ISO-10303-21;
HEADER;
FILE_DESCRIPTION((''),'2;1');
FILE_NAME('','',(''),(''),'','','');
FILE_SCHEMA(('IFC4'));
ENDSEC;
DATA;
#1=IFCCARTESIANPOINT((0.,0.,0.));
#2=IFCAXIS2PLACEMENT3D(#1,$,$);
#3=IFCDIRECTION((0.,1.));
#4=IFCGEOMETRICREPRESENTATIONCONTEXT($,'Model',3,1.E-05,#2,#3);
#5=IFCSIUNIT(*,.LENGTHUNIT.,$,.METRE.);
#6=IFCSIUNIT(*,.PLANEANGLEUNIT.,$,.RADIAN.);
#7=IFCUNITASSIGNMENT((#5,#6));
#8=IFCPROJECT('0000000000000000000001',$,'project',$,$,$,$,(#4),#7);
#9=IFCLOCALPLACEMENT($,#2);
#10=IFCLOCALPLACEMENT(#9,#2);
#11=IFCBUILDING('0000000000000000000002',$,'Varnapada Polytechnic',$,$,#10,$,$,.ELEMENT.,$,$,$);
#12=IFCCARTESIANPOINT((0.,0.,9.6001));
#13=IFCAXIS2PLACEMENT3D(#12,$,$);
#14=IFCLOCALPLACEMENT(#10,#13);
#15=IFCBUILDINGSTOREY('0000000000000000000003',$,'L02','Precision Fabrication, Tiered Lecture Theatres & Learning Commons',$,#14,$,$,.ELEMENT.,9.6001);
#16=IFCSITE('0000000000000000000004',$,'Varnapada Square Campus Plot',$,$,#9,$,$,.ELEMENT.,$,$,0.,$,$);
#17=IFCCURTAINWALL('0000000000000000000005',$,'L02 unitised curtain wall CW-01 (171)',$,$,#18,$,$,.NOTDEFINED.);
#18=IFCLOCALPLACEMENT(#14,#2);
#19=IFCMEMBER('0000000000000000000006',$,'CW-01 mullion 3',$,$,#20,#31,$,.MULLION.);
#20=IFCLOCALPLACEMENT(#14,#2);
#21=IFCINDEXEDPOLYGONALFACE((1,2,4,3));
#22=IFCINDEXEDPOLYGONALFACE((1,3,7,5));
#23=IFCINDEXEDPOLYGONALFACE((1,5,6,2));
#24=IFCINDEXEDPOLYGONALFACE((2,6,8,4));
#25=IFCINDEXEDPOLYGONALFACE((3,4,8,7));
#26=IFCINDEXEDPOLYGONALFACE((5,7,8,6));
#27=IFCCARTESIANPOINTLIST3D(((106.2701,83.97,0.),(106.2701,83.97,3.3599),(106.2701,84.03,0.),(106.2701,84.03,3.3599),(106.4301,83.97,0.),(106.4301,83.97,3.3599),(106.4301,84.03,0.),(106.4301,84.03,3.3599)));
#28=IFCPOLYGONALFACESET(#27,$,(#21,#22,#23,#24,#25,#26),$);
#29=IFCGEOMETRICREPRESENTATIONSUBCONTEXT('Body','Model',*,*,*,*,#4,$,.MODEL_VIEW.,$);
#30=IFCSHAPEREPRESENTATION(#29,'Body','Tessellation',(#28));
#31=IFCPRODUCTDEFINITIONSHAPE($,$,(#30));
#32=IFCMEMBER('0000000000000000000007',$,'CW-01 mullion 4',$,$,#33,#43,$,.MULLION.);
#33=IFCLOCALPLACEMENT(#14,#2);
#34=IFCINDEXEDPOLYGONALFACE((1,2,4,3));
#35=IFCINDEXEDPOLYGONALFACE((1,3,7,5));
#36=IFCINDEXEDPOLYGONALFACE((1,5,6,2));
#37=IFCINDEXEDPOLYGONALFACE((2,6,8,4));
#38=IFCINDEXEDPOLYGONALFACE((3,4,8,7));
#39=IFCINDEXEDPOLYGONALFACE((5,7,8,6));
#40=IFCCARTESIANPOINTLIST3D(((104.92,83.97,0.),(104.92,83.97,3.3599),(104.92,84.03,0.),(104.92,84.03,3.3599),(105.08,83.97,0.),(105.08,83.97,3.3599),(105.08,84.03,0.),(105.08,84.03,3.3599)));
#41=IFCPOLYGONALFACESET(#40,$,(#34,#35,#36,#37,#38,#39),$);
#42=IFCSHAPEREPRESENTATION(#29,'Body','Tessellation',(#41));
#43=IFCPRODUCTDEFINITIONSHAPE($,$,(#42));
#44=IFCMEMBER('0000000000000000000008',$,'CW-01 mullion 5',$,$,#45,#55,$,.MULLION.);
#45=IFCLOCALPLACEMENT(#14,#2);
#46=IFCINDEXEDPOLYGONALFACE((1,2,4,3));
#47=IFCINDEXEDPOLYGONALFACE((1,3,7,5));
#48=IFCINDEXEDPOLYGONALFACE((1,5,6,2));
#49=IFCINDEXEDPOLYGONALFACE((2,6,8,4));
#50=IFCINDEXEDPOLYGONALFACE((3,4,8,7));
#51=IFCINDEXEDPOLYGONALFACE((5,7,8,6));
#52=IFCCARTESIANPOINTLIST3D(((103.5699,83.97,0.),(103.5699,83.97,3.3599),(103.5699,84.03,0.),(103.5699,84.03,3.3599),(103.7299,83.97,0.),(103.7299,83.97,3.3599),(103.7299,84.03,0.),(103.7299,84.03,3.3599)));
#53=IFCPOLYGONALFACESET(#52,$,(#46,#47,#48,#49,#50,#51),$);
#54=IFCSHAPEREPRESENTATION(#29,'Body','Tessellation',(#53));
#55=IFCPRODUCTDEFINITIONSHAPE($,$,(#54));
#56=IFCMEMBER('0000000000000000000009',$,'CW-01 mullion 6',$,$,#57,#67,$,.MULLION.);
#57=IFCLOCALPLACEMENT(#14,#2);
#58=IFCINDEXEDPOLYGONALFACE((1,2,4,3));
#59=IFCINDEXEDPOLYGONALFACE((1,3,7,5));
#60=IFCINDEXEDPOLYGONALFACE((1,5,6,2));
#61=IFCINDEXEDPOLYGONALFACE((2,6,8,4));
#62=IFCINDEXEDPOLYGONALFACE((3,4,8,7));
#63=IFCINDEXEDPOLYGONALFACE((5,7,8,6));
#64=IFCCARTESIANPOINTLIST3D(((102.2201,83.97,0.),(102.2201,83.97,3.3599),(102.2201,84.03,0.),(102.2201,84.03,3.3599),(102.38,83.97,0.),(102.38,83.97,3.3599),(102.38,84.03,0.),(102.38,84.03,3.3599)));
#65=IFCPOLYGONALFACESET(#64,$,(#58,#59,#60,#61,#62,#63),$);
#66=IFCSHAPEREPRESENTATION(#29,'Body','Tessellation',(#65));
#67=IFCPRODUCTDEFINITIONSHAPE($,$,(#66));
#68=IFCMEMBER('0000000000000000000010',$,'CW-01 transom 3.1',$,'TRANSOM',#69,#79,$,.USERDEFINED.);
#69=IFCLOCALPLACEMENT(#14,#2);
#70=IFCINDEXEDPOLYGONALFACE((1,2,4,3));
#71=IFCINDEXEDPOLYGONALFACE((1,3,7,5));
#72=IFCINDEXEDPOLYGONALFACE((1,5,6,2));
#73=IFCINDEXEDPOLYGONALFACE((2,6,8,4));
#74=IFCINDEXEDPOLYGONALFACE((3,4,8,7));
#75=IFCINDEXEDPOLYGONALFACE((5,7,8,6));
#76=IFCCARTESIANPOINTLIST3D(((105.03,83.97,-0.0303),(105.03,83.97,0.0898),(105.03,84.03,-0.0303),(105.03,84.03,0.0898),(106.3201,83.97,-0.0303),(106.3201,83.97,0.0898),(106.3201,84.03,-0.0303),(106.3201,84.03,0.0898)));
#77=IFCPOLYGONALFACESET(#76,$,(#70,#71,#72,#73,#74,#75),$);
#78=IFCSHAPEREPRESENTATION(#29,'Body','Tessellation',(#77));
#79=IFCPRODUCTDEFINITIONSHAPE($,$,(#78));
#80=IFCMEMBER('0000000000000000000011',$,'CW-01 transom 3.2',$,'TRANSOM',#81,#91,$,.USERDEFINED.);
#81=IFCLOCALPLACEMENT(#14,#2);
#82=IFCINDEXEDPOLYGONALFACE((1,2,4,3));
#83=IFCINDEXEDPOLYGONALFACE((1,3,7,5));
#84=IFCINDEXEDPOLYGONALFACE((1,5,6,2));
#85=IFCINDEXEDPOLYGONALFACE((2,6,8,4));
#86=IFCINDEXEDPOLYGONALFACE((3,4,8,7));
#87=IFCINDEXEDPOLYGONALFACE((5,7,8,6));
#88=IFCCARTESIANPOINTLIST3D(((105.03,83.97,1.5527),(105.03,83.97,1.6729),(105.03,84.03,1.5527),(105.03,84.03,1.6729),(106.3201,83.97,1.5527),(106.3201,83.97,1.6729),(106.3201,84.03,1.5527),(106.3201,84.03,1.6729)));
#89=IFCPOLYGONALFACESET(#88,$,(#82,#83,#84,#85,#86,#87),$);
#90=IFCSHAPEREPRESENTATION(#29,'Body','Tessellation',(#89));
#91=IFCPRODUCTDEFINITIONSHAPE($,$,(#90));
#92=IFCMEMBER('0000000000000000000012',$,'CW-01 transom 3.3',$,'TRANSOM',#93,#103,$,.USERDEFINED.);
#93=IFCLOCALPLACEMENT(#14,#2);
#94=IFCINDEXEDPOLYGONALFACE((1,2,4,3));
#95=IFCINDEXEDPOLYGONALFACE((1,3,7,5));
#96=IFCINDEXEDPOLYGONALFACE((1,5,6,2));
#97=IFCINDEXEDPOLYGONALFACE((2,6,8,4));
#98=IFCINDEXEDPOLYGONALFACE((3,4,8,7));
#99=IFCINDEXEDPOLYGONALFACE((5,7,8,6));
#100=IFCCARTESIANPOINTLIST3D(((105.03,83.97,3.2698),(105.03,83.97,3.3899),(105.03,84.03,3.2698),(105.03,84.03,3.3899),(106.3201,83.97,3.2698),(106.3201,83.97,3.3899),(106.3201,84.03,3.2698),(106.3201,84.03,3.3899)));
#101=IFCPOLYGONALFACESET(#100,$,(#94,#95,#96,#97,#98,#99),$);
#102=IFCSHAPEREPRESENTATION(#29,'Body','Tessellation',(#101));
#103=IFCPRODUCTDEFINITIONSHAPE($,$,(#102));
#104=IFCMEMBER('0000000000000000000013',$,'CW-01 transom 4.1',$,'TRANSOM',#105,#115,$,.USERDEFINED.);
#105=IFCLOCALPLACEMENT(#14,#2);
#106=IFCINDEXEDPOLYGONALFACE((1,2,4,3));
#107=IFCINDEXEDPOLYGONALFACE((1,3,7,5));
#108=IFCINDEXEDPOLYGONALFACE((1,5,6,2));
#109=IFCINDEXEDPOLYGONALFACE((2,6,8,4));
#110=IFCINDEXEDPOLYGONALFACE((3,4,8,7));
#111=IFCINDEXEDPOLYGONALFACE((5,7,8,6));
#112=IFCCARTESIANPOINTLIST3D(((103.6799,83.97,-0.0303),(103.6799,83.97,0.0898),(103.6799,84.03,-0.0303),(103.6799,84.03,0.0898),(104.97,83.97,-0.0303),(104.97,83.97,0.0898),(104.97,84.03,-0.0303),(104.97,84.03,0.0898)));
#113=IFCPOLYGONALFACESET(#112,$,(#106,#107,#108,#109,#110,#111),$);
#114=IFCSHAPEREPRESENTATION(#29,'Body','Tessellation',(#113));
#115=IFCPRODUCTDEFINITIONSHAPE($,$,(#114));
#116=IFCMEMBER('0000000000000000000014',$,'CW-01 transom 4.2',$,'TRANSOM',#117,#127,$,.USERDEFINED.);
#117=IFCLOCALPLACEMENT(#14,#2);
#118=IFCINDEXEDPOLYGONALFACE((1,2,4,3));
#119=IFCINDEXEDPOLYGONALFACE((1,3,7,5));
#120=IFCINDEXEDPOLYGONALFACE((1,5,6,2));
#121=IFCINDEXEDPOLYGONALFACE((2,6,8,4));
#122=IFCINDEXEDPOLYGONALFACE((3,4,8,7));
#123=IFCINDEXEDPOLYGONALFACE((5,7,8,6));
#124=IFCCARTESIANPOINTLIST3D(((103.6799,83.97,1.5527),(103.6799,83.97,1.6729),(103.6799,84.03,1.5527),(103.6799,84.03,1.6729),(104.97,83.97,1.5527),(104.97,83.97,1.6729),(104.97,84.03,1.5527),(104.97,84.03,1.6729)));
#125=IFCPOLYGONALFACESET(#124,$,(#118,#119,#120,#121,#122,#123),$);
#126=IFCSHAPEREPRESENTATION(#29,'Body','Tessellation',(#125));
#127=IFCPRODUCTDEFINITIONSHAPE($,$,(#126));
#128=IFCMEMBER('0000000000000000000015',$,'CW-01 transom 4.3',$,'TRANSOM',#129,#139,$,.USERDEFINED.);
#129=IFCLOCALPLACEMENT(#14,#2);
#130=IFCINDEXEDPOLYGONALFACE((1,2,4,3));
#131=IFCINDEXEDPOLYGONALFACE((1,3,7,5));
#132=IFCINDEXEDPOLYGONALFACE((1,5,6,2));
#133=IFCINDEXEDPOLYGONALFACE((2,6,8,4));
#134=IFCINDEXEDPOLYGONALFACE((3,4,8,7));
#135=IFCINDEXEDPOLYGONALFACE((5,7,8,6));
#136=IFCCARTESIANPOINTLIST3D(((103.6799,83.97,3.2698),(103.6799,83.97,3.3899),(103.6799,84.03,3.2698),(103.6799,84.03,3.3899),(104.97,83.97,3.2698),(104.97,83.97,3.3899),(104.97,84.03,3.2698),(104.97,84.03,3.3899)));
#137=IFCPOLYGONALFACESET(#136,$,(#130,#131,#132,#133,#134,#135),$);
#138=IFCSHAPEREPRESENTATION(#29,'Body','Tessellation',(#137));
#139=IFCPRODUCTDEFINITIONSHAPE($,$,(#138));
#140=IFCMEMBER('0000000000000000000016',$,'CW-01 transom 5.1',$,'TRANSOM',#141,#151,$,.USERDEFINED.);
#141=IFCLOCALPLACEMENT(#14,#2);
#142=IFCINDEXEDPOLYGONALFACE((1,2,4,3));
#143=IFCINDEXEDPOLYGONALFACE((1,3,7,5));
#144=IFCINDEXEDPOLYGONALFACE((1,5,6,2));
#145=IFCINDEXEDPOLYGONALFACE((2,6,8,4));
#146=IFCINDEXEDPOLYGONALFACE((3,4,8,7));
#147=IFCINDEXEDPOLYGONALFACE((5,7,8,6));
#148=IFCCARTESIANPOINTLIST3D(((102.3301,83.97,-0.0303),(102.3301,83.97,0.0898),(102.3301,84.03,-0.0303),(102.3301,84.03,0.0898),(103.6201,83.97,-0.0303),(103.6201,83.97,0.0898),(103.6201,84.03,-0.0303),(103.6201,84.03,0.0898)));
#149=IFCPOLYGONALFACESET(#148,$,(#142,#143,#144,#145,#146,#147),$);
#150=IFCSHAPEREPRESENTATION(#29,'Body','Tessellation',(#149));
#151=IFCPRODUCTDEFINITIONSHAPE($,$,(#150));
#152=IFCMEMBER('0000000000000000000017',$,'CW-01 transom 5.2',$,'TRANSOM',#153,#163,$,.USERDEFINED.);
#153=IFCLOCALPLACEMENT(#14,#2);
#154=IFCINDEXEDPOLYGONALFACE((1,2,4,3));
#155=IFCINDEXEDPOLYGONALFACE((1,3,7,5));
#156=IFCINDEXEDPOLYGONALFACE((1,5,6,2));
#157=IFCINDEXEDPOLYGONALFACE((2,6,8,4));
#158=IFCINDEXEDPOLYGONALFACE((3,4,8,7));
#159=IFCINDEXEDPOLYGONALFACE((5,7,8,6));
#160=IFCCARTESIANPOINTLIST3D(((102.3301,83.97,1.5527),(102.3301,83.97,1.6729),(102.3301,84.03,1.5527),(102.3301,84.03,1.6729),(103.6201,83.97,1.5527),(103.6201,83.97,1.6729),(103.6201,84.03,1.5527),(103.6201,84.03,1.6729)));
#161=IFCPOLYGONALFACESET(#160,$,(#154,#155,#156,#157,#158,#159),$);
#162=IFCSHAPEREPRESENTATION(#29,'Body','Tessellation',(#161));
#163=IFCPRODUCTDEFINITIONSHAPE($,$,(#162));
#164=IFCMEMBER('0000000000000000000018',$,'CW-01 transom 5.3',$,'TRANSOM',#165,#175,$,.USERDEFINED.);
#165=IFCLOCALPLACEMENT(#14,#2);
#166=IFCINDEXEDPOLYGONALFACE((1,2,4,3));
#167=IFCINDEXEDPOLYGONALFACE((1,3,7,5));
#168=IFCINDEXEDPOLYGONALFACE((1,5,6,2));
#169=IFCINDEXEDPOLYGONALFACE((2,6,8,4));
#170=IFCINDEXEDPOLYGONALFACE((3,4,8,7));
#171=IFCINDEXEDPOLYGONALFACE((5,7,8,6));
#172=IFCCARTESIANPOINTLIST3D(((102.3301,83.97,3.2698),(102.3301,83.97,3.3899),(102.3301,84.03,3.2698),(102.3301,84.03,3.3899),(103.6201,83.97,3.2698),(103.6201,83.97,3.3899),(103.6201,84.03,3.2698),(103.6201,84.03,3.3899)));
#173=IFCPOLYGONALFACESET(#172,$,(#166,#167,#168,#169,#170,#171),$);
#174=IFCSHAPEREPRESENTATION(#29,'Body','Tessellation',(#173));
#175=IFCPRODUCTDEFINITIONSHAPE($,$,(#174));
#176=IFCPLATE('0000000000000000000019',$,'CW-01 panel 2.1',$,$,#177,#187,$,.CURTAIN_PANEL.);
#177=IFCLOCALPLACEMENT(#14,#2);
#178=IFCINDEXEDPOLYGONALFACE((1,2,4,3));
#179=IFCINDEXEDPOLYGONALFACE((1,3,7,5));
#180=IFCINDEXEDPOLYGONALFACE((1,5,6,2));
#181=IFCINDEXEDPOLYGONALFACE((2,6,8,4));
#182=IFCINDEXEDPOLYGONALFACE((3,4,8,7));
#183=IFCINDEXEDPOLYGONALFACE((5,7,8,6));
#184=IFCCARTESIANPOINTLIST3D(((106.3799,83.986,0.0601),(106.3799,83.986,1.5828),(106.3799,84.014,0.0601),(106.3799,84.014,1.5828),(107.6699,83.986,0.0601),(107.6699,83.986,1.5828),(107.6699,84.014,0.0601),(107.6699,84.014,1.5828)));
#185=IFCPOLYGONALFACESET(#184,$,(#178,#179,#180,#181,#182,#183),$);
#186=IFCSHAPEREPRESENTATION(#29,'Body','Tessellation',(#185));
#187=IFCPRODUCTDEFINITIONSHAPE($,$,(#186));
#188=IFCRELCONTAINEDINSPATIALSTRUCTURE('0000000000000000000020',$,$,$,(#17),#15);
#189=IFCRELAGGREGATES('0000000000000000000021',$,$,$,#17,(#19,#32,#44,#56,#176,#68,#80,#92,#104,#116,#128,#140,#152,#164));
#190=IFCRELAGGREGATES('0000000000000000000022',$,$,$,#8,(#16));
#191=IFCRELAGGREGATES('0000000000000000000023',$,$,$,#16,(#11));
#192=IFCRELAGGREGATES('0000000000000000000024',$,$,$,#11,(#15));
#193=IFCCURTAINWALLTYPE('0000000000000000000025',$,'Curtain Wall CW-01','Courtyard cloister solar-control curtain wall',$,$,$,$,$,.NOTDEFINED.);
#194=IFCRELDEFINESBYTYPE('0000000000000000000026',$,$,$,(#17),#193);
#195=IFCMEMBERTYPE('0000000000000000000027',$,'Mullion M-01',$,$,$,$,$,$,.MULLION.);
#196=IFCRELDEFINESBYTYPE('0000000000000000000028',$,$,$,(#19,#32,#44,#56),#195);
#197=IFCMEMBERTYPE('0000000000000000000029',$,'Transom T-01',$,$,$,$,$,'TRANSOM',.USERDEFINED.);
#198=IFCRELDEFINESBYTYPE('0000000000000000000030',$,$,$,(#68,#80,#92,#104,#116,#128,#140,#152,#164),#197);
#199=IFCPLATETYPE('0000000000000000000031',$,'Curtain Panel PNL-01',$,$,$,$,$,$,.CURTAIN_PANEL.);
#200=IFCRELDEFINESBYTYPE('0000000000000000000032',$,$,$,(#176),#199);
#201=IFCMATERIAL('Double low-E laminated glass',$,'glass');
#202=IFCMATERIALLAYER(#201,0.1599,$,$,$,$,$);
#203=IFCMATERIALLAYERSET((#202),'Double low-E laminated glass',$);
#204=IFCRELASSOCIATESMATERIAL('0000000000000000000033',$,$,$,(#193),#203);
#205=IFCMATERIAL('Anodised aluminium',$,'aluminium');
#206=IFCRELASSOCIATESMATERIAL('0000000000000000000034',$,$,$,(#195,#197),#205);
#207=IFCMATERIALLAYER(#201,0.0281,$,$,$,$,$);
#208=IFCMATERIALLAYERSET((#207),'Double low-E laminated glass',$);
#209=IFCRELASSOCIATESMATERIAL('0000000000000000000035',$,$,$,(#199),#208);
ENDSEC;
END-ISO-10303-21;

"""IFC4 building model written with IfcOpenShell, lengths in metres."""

from ifc_helpers import new_model, si_unit, direction, frame, origin, origin_2d, place, context, subcontext, project, spatial, rectangle, extrude, material, layer, layer_set, material_profile, profile_set, type_object, element, aggregate, save


model = new_model("IFC4")

# Units and contexts
model_context = context("Model", 3, precision=1e-05, world=origin(), true_north=direction((0.0, 1.0)))
body_context = subcontext(model_context, "Body", "Model", "MODEL_VIEW")
ifc_project = project(units=[si_unit("LENGTHUNIT", "METRE"), si_unit("PLANEANGLEUNIT", "RADIAN")], contexts=[model_context])

# Site, building, storey
site_placement = place(None, origin())
site = spatial("IfcSite", under=ifc_project, at=site_placement, Name="Varnapada Square Campus Plot", CompositionType="ELEMENT", RefElevation=0.0)
building_placement = place(site_placement, origin())
building = spatial("IfcBuilding", under=site, at=building_placement, Name="Varnapada Polytechnic", CompositionType="ELEMENT")
storey_placement = place(building_placement, frame((0.0, 0.0, 9.6001)))
storey = spatial("IfcBuildingStorey", under=building, at=storey_placement, Name="L02", Description="Precision Fabrication, Tiered Lecture Theatres & Learning Commons", CompositionType="ELEMENT", Elevation=9.6001)

# Curtain wall, members, plate
ifc_material_1 = material(Name="Double low-E laminated glass", Category="glass")
ifc_layer_1 = layer(ifc_material_1, 0.1599)
ifc_layer_set_1 = layer_set([ifc_layer_1], Name="Double low-E laminated glass")
curtain_wall_type = type_object("IfcCurtainWallType", Name="Curtain Wall CW-01", Description="Courtyard cloister solar-control curtain wall", PredefinedType="NOTDEFINED", material=ifc_layer_set_1)
curtain_wall_placement = place(storey_placement, origin())
curtain_wall = element("IfcCurtainWall", 1, at=curtain_wall_placement, inside=storey, type_object=curtain_wall_type, Name="L02 unitised curtain wall CW-01 (171)", PredefinedType="NOTDEFINED")
ifc_material_2 = material(Name="Anodised aluminium", Category="aluminium")
ifc_material_profile_1 = material_profile(ifc_material_2, rectangle(XDim=0.0601, YDim=0.1599, at=origin_2d()), Name="ALU M60x160")
ifc_profile_set_1 = profile_set([ifc_material_profile_1], Name="Anodised aluminium")
member_type_1 = type_object("IfcMemberType", Name="Mullion M-01", PredefinedType="MULLION", material=ifc_profile_set_1)
member_1_placement = place(storey_placement, frame((106.3501, 84.0, 0.0), z_axis=(0.0, 0.0, 1.0), x_axis=(0.0, -1.0, 0.0)))
member_1 = element("IfcMember", 2, at=member_1_placement, type_object=member_type_1, Name="CW-01 mullion 3", PredefinedType="MULLION", context=body_context, shape_type="SweptSolid", body=[
    extrude(rectangle(XDim=0.0601, YDim=0.1599, at=origin_2d()), origin(), (0.0, 0.0, 1.0), 3.3599),
])
member_2_placement = place(storey_placement, frame((105.0, 84.0, 0.0), z_axis=(0.0, 0.0, 1.0), x_axis=(0.0, -1.0, 0.0)))
member_2 = element("IfcMember", 3, at=member_2_placement, type_object=member_type_1, Name="CW-01 mullion 4", PredefinedType="MULLION", context=body_context, shape_type="SweptSolid", body=[
    extrude(rectangle(XDim=0.0601, YDim=0.1599, at=origin_2d()), origin(), (0.0, 0.0, 1.0), 3.3599),
])
member_3_placement = place(storey_placement, frame((103.6499, 84.0, 0.0), z_axis=(0.0, 0.0, 1.0), x_axis=(0.0, -1.0, 0.0)))
member_3 = element("IfcMember", 4, at=member_3_placement, type_object=member_type_1, Name="CW-01 mullion 5", PredefinedType="MULLION", context=body_context, shape_type="SweptSolid", body=[
    extrude(rectangle(XDim=0.0601, YDim=0.1599, at=origin_2d()), origin(), (0.0, 0.0, 1.0), 3.3599),
])
member_4_placement = place(storey_placement, frame((102.3, 84.0, 0.0), z_axis=(0.0, 0.0, 1.0), x_axis=(0.0, -1.0, 0.0)))
member_4 = element("IfcMember", 5, at=member_4_placement, type_object=member_type_1, Name="CW-01 mullion 6", PredefinedType="MULLION", context=body_context, shape_type="SweptSolid", body=[
    extrude(rectangle(XDim=0.0601, YDim=0.1599, at=origin_2d()), origin(), (0.0, 0.0, 1.0), 3.3599),
])
ifc_material_profile_2 = material_profile(ifc_material_2, rectangle(XDim=0.0601, YDim=0.1201, at=origin_2d()), Name="ALU T60x120")
ifc_profile_set_2 = profile_set([ifc_material_profile_2], Name="Anodised aluminium")
member_type_2 = type_object("IfcMemberType", Name="Transom T-01", ElementType="TRANSOM", PredefinedType="USERDEFINED", material=ifc_profile_set_2)
member_5_placement = place(storey_placement, frame((106.3201, 84.0, 0.0298), z_axis=(-1.0, 0.0, 0.0), x_axis=(0.0, -1.0, 0.0)))
member_5 = element("IfcMember", 6, at=member_5_placement, type_object=member_type_2, Name="CW-01 transom 3.1", ObjectType="TRANSOM", PredefinedType="USERDEFINED", context=body_context, shape_type="SweptSolid", body=[
    extrude(rectangle(XDim=0.0601, YDim=0.1201, at=origin_2d()), origin(), (0.0, 0.0, 1.0), 1.29),
])
member_6_placement = place(storey_placement, frame((106.3201, 84.0, 1.6128), z_axis=(-1.0, 0.0, 0.0), x_axis=(0.0, -1.0, 0.0)))
member_6 = element("IfcMember", 7, at=member_6_placement, type_object=member_type_2, Name="CW-01 transom 3.2", ObjectType="TRANSOM", PredefinedType="USERDEFINED", context=body_context, shape_type="SweptSolid", body=[
    extrude(rectangle(XDim=0.0601, YDim=0.1201, at=origin_2d()), origin(), (0.0, 0.0, 1.0), 1.29),
])
member_7_placement = place(storey_placement, frame((106.3201, 84.0, 3.3298), z_axis=(-1.0, 0.0, 0.0), x_axis=(0.0, -1.0, 0.0)))
member_7 = element("IfcMember", 8, at=member_7_placement, type_object=member_type_2, Name="CW-01 transom 3.3", ObjectType="TRANSOM", PredefinedType="USERDEFINED", context=body_context, shape_type="SweptSolid", body=[
    extrude(rectangle(XDim=0.0601, YDim=0.1201, at=origin_2d()), origin(), (0.0, 0.0, 1.0), 1.29),
])
member_8_placement = place(storey_placement, frame((104.97, 84.0, 0.0298), z_axis=(-1.0, 0.0, 0.0), x_axis=(0.0, -1.0, 0.0)))
member_8 = element("IfcMember", 9, at=member_8_placement, type_object=member_type_2, Name="CW-01 transom 4.1", ObjectType="TRANSOM", PredefinedType="USERDEFINED", context=body_context, shape_type="SweptSolid", body=[
    extrude(rectangle(XDim=0.0601, YDim=0.1201, at=origin_2d()), origin(), (0.0, 0.0, 1.0), 1.29),
])
member_9_placement = place(storey_placement, frame((104.97, 84.0, 1.6128), z_axis=(-1.0, 0.0, 0.0), x_axis=(0.0, -1.0, 0.0)))
member_9 = element("IfcMember", 10, at=member_9_placement, type_object=member_type_2, Name="CW-01 transom 4.2", ObjectType="TRANSOM", PredefinedType="USERDEFINED", context=body_context, shape_type="SweptSolid", body=[
    extrude(rectangle(XDim=0.0601, YDim=0.1201, at=origin_2d()), origin(), (0.0, 0.0, 1.0), 1.29),
])
member_10_placement = place(storey_placement, frame((104.97, 84.0, 3.3298), z_axis=(-1.0, 0.0, 0.0), x_axis=(0.0, -1.0, 0.0)))
member_10 = element("IfcMember", 11, at=member_10_placement, type_object=member_type_2, Name="CW-01 transom 4.3", ObjectType="TRANSOM", PredefinedType="USERDEFINED", context=body_context, shape_type="SweptSolid", body=[
    extrude(rectangle(XDim=0.0601, YDim=0.1201, at=origin_2d()), origin(), (0.0, 0.0, 1.0), 1.29),
])
member_11_placement = place(storey_placement, frame((103.6201, 84.0, 0.0298), z_axis=(-1.0, 0.0, 0.0), x_axis=(0.0, -1.0, 0.0)))
member_11 = element("IfcMember", 12, at=member_11_placement, type_object=member_type_2, Name="CW-01 transom 5.1", ObjectType="TRANSOM", PredefinedType="USERDEFINED", context=body_context, shape_type="SweptSolid", body=[
    extrude(rectangle(XDim=0.0601, YDim=0.1201, at=origin_2d()), origin(), (0.0, 0.0, 1.0), 1.29),
])
member_12_placement = place(storey_placement, frame((103.6201, 84.0, 1.6128), z_axis=(-1.0, 0.0, 0.0), x_axis=(0.0, -1.0, 0.0)))
member_12 = element("IfcMember", 13, at=member_12_placement, type_object=member_type_2, Name="CW-01 transom 5.2", ObjectType="TRANSOM", PredefinedType="USERDEFINED", context=body_context, shape_type="SweptSolid", body=[
    extrude(rectangle(XDim=0.0601, YDim=0.1201, at=origin_2d()), origin(), (0.0, 0.0, 1.0), 1.29),
])
member_13_placement = place(storey_placement, frame((103.6201, 84.0, 3.3298), z_axis=(-1.0, 0.0, 0.0), x_axis=(0.0, -1.0, 0.0)))
member_13 = element("IfcMember", 14, at=member_13_placement, type_object=member_type_2, Name="CW-01 transom 5.3", ObjectType="TRANSOM", PredefinedType="USERDEFINED", context=body_context, shape_type="SweptSolid", body=[
    extrude(rectangle(XDim=0.0601, YDim=0.1201, at=origin_2d()), origin(), (0.0, 0.0, 1.0), 1.29),
])
ifc_layer_2 = layer(ifc_material_1, 0.0281)
ifc_layer_set_2 = layer_set([ifc_layer_2], Name="Double low-E laminated glass")
plate_type = type_object("IfcPlateType", Name="Curtain Panel PNL-01", PredefinedType="CURTAIN_PANEL", material=ifc_layer_set_2)
plate_1_placement = place(storey_placement, frame((107.0249, 84.0, 0.0601), z_axis=(0.0, 0.0, 1.0), x_axis=(-1.0, 0.0, 0.0)))
plate_1 = element("IfcPlate", 15, at=plate_1_placement, type_object=plate_type, Name="CW-01 panel 2.1", PredefinedType="CURTAIN_PANEL", context=body_context, shape_type="SweptSolid", body=[
    extrude(rectangle(XDim=1.29, YDim=0.0281, at=origin_2d()), origin(), (0.0, 0.0, 1.0), 1.5227),
])
aggregate(curtain_wall, [member_1, member_2, member_3, member_4, plate_1, member_5, member_6, member_7, member_8, member_9, member_10, member_11, member_12, member_13])

save(model, "model.ifc")
